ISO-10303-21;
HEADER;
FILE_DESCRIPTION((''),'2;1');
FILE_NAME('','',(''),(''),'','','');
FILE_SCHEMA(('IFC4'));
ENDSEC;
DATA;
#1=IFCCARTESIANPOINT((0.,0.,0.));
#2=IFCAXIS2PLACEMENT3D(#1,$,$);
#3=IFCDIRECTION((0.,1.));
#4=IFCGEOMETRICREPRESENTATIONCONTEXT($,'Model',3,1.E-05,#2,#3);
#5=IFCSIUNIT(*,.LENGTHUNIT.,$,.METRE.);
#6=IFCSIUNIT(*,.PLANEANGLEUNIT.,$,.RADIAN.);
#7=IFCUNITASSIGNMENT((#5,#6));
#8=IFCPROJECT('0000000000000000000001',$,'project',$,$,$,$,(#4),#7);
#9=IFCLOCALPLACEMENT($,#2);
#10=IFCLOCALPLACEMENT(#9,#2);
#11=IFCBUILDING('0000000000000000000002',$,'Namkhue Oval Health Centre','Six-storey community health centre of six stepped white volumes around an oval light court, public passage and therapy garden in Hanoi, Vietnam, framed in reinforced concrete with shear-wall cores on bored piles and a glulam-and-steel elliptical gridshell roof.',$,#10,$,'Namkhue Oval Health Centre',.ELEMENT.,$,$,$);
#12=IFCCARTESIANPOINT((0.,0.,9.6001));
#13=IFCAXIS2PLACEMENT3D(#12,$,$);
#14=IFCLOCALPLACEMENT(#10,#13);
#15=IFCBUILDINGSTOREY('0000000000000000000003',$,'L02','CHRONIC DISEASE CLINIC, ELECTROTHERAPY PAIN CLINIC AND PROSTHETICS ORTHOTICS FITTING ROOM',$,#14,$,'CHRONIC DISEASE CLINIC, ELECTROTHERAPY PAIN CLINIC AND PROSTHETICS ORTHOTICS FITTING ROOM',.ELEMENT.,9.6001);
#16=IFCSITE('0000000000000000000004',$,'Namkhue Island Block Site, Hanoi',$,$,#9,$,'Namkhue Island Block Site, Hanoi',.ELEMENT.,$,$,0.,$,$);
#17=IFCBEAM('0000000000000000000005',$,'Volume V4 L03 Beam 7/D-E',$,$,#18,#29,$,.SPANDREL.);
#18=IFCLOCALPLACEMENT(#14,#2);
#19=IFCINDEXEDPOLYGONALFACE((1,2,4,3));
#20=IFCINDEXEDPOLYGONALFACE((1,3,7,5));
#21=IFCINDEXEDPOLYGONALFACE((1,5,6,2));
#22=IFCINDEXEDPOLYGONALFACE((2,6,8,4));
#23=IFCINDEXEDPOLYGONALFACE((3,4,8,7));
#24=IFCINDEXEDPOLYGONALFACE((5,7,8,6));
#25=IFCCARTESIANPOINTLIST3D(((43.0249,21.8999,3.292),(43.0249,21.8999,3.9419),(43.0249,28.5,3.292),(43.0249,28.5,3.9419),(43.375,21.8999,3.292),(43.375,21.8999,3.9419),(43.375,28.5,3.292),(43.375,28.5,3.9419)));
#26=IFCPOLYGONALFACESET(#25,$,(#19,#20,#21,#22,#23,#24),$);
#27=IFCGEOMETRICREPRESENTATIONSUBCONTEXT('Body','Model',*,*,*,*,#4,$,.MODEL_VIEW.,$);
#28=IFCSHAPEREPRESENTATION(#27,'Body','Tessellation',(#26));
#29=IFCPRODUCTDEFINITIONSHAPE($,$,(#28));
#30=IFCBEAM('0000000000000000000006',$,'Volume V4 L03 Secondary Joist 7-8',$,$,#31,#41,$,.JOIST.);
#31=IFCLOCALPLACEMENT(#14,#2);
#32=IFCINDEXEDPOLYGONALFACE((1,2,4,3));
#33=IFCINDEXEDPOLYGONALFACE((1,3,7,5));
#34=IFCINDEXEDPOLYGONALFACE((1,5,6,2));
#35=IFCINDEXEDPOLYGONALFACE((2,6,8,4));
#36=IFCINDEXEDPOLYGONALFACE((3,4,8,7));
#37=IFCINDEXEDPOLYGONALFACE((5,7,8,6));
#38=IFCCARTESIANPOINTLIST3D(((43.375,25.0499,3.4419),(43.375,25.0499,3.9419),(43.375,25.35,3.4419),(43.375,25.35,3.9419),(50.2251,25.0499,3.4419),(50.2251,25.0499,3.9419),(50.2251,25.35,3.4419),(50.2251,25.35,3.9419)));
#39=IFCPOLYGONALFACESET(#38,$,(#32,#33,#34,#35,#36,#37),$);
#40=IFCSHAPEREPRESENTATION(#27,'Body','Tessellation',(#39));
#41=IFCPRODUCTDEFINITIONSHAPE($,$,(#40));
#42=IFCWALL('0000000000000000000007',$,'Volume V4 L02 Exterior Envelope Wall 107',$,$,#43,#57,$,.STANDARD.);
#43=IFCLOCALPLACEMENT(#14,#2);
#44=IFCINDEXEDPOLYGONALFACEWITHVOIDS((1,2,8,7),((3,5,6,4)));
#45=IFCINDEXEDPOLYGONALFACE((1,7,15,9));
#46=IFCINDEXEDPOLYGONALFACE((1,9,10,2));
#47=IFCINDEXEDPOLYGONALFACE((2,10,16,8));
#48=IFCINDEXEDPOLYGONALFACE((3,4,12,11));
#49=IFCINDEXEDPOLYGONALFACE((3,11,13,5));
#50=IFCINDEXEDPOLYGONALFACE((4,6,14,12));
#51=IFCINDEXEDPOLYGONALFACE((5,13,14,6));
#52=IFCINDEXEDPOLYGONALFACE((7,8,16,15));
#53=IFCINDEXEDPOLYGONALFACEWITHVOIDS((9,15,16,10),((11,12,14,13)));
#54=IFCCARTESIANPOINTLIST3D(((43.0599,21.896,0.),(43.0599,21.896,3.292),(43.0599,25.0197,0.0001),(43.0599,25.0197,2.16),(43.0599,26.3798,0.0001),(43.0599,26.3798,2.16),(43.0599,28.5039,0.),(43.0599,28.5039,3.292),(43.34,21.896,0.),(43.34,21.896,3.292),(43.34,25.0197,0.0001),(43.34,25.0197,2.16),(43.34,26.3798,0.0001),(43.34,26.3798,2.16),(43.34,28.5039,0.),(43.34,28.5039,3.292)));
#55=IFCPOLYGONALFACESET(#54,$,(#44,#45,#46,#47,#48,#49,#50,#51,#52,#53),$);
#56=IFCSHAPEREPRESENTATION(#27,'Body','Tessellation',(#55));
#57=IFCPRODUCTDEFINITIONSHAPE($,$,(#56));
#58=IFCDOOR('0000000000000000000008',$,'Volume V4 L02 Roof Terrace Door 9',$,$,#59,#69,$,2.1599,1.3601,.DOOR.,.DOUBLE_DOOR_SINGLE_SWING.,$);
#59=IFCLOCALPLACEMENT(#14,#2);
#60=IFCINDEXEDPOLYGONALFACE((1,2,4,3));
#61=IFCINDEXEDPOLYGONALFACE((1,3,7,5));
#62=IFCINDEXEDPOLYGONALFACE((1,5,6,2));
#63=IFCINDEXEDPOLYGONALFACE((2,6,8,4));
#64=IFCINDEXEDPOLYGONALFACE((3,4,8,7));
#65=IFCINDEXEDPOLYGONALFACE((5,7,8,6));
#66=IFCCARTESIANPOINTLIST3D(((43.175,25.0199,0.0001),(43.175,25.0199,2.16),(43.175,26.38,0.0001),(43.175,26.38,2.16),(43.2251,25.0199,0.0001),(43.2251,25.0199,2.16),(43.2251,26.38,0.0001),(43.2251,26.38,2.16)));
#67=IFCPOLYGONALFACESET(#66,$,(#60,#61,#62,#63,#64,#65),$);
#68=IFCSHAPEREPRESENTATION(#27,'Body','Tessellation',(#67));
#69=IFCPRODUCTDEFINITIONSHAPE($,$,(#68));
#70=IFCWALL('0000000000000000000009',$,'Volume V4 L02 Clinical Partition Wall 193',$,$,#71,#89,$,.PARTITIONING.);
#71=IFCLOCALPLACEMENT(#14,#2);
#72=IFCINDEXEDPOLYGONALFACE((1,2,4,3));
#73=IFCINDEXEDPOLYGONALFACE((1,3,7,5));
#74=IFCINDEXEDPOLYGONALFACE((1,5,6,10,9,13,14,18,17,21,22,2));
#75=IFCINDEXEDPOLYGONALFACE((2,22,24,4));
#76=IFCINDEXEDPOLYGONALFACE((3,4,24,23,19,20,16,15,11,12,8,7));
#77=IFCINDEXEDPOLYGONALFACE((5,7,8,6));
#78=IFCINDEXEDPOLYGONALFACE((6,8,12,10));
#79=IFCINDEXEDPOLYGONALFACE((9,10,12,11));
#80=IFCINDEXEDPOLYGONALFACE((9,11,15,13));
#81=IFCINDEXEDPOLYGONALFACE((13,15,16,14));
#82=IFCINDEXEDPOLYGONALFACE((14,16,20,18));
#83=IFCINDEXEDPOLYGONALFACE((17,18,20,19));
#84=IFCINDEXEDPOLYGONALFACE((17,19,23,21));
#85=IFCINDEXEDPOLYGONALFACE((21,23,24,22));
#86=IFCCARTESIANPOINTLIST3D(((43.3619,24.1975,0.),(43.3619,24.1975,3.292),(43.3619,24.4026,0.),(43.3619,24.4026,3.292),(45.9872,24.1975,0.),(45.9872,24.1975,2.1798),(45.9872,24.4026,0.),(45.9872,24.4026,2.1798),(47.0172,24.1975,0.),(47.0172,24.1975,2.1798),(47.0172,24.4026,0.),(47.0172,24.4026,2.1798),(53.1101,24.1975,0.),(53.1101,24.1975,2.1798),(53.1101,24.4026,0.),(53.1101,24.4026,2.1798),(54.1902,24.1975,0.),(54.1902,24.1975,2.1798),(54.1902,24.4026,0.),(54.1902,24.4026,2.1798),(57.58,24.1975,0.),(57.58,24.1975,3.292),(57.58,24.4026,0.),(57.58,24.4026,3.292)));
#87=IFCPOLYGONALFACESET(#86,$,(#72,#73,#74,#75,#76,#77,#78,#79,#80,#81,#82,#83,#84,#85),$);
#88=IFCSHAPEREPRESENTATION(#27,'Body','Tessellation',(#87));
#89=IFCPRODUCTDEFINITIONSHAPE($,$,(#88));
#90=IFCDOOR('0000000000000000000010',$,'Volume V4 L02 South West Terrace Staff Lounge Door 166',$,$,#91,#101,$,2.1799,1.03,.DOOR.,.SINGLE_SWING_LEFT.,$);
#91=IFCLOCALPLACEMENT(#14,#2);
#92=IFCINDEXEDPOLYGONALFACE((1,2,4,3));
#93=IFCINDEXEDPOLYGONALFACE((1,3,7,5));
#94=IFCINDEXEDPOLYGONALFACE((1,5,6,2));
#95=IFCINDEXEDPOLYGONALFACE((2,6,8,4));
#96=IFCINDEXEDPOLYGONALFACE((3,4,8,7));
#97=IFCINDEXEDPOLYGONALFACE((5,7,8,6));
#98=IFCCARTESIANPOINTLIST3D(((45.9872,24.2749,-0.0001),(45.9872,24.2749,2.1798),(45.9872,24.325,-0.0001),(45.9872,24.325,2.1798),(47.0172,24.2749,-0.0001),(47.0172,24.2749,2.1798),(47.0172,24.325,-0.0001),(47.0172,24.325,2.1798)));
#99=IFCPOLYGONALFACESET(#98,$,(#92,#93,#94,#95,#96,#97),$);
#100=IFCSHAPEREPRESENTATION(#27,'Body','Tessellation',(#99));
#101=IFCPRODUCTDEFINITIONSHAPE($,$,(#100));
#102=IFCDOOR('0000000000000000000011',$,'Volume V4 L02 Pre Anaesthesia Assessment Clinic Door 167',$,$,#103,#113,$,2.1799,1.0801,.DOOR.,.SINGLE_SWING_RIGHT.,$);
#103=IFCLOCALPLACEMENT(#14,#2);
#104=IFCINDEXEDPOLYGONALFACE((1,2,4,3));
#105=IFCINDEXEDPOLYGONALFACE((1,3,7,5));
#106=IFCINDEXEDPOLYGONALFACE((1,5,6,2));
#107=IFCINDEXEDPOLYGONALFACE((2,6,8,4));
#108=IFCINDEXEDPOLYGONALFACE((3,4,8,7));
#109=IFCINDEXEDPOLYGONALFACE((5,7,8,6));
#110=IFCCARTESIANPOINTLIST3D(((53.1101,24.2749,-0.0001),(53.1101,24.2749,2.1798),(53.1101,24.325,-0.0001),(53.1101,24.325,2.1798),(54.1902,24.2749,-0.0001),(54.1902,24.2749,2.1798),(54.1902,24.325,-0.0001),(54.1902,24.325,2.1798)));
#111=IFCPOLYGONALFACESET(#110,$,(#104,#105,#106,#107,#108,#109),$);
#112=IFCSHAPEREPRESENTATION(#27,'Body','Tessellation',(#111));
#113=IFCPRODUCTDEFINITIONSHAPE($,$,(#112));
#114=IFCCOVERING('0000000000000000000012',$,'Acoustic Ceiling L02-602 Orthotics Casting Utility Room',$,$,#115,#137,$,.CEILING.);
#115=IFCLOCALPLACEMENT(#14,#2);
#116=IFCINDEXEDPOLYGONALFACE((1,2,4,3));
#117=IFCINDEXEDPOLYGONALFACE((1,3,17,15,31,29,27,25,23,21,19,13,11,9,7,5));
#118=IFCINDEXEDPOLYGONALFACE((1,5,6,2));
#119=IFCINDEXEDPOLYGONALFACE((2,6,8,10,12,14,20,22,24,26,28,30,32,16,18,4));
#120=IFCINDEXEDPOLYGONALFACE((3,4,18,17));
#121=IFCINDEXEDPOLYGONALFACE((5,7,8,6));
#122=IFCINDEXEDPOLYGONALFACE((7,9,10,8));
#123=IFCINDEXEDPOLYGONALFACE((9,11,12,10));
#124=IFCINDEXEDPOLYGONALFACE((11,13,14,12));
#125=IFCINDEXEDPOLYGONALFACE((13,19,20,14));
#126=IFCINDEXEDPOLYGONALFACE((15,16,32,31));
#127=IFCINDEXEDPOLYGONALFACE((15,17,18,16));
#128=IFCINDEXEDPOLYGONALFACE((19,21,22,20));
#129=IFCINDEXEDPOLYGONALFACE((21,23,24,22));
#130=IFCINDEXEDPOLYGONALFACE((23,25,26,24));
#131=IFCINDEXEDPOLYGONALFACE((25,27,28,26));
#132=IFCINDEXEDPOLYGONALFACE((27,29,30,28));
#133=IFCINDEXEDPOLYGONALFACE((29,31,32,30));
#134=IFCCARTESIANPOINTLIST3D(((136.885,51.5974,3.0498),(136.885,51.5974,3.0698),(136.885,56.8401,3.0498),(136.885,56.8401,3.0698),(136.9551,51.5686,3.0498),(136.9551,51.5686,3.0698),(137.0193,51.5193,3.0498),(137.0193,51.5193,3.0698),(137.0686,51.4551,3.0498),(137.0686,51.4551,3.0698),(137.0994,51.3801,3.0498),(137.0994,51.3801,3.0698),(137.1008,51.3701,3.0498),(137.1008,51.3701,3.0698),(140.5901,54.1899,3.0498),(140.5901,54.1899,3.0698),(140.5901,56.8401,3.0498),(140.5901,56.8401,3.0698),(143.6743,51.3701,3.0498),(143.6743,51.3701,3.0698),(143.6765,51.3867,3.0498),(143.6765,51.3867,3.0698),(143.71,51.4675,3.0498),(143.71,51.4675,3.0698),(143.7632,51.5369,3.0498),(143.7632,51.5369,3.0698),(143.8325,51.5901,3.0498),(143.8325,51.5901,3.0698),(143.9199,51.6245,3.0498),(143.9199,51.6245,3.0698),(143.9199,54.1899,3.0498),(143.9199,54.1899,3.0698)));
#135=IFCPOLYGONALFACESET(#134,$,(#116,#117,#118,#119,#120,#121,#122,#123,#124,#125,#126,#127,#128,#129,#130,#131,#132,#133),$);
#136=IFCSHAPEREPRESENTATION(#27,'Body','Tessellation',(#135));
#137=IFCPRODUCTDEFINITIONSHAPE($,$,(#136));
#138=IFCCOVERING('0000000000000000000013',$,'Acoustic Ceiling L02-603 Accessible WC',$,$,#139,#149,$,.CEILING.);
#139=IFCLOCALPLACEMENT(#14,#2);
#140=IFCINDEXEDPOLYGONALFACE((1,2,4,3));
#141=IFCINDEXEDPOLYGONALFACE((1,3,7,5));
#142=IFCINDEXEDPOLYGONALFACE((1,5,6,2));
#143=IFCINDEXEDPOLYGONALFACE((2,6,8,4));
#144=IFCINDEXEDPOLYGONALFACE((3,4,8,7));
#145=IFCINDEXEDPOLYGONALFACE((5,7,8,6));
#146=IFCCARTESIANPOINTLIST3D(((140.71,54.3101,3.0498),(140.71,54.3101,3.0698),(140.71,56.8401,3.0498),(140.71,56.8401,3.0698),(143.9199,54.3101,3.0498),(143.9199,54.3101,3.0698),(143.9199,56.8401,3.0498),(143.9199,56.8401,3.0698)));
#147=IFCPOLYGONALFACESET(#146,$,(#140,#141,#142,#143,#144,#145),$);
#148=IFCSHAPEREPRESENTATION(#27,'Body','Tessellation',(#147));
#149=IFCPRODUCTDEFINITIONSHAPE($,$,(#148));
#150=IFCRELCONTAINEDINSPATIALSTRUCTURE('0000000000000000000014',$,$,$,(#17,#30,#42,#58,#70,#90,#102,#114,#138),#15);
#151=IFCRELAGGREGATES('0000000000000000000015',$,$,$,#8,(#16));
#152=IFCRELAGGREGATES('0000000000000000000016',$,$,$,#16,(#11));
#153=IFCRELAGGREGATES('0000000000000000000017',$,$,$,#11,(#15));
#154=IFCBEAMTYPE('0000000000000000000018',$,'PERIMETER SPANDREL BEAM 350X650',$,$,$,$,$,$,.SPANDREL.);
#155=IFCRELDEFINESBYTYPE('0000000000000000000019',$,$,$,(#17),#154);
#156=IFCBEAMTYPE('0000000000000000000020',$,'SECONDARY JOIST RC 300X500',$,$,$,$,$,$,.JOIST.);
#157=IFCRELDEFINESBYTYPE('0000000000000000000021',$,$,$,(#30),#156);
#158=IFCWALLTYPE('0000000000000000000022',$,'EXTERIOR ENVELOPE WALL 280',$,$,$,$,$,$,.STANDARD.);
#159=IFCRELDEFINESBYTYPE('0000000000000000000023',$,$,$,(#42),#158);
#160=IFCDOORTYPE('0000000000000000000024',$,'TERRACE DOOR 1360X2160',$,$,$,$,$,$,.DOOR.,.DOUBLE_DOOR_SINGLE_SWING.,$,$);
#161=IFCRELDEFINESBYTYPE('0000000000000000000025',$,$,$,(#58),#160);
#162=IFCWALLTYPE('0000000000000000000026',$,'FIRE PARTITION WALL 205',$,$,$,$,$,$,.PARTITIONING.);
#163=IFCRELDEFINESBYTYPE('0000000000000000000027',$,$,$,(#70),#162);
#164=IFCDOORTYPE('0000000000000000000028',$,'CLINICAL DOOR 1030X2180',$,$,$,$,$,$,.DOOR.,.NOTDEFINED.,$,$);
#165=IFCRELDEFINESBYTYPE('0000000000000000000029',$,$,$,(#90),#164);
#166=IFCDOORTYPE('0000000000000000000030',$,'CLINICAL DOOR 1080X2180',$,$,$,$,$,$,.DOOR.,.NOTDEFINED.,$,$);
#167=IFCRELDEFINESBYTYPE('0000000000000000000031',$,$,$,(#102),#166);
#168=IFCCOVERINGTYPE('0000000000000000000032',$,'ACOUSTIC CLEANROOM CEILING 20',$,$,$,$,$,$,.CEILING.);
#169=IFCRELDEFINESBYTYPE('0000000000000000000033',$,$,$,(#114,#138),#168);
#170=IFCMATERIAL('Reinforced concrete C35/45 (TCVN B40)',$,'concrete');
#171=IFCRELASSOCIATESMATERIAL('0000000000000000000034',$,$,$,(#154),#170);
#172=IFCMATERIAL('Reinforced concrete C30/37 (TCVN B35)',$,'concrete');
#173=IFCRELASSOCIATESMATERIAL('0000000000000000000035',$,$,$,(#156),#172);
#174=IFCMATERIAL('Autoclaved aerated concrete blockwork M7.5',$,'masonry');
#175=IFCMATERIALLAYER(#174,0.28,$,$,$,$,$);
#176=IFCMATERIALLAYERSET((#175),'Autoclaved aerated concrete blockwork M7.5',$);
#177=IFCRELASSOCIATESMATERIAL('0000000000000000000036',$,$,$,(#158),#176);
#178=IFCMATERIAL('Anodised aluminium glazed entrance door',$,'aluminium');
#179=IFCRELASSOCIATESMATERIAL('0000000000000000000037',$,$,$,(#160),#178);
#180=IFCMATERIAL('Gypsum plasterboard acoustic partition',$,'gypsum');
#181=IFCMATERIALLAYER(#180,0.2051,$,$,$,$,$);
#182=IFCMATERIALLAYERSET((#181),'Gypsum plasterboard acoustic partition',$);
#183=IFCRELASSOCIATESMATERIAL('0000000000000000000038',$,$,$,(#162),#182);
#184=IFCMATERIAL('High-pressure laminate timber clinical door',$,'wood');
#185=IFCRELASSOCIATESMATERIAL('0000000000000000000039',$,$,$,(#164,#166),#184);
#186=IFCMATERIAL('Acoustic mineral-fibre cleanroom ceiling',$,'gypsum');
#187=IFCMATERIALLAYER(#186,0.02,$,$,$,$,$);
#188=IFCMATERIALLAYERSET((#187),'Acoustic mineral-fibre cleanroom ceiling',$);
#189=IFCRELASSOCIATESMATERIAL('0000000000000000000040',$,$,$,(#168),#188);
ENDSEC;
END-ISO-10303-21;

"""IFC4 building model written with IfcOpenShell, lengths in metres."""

from ifc_helpers import new_model, si_unit, direction, frame, frame_2d, origin, origin_2d, place, context, subcontext, project, spatial, polyline, rectangle, outline, extrude, material, layer, layer_set, material_profile, profile_set, type_object, element, fill, save


model = new_model("IFC4")

# Units and contexts
model_context = context("Model", 3, precision=1e-05, world=origin(), true_north=direction((0.0, 1.0)))
body_context = subcontext(model_context, "Body", "Model", "MODEL_VIEW")
ifc_project = project(units=[si_unit("LENGTHUNIT", "METRE"), si_unit("PLANEANGLEUNIT", "RADIAN")], contexts=[model_context])

# Site, building, storey
site_placement = place(None, origin())
site = spatial("IfcSite", under=ifc_project, at=site_placement, Name="Namkhue Island Block Site, Hanoi", LongName="Namkhue Island Block Site, Hanoi", CompositionType="ELEMENT", RefElevation=0.0)
building_placement = place(site_placement, origin())
building = spatial("IfcBuilding", under=site, at=building_placement, Name="Namkhue Oval Health Centre", Description="Six-storey community health centre of six stepped white volumes around an oval light court, public passage and therapy garden in Hanoi, Vietnam, framed in reinforced concrete with shear-wall cores on bored piles and a glulam-and-steel elliptical gridshell roof.", LongName="Namkhue Oval Health Centre", CompositionType="ELEMENT")
storey_placement = place(building_placement, frame((0.0, 0.0, 9.6001)))
storey = spatial("IfcBuildingStorey", under=building, at=storey_placement, Name="L02", Description="CHRONIC DISEASE CLINIC, ELECTROTHERAPY PAIN CLINIC AND PROSTHETICS ORTHOTICS FITTING ROOM", LongName="CHRONIC DISEASE CLINIC, ELECTROTHERAPY PAIN CLINIC AND PROSTHETICS ORTHOTICS FITTING ROOM", CompositionType="ELEMENT", Elevation=9.6001)

# Shared definitions
ifc_material_1 = material(Name="Reinforced concrete C35/45 (TCVN B40)", Category="concrete")

# Beams
ifc_material_profile_1 = material_profile(ifc_material_1, rectangle(XDim=0.3501, YDim=0.6499, at=origin_2d()), Name="RC 350x650")
ifc_profile_set_1 = profile_set([ifc_material_profile_1], Name="Reinforced concrete C35/45 (TCVN B40)")
beam_type_1 = type_object("IfcBeamType", Name="PERIMETER SPANDREL BEAM 350X650", PredefinedType="SPANDREL", material=ifc_profile_set_1)
for number, where, z_axis, x_axis, name in (
    (1, (43.2, 21.8999, 3.6169), (0.0, 1.0, 0.0), (-1.0, 0.0, 0.0), "Volume V4 L03 Beam 7/D-E"),
):
    element("IfcBeam", number, at=place(storey_placement, frame(where, z_axis=z_axis, x_axis=x_axis)), inside=storey, type_object=beam_type_1, Name=name, PredefinedType="SPANDREL", context=body_context, shape_type="SweptSolid", body=[
        extrude(rectangle(XDim=0.3501, YDim=0.6499, at=origin_2d()), origin(), (0.0, 0.0, 1.0), 6.6001),
    ])
ifc_material_2 = material(Name="Reinforced concrete C30/37 (TCVN B35)", Category="concrete")
ifc_material_profile_2 = material_profile(ifc_material_2, rectangle(XDim=0.3, YDim=0.5, at=origin_2d()), Name="RC 300x500")
ifc_profile_set_2 = profile_set([ifc_material_profile_2], Name="Reinforced concrete C30/37 (TCVN B35)")
beam_type_2 = type_object("IfcBeamType", Name="SECONDARY JOIST RC 300X500", PredefinedType="JOIST", material=ifc_profile_set_2)
beam_placement = place(storey_placement, frame((43.375, 25.2, 3.6919), z_axis=(1.0, 0.0, 0.0), x_axis=(0.0, 1.0, 0.0)))
element("IfcBeam", 2, at=beam_placement, inside=storey, type_object=beam_type_2, Name="Volume V4 L03 Secondary Joist 7-8", PredefinedType="JOIST", context=body_context, shape_type="SweptSolid", body=[
    extrude(rectangle(XDim=0.3, YDim=0.5, at=origin_2d()), origin(), (0.0, 0.0, 1.0), 6.8501),
])

# Wall, opening, door
ifc_material_3 = material(Name="Autoclaved aerated concrete blockwork M7.5", Category="masonry")
ifc_layer_1 = layer(ifc_material_3, 0.28)
ifc_layer_set_1 = layer_set([ifc_layer_1], Name="Autoclaved aerated concrete blockwork M7.5")
wall_type_1 = type_object("IfcWallType", Name="EXTERIOR ENVELOPE WALL 280", PredefinedType="STANDARD", material=ifc_layer_set_1)
wall_1_placement = place(storey_placement, frame((43.2, 28.5039, 0.0), z_axis=(0.0, 0.0, 1.0), x_axis=(0.0, -1.0, 0.0)))
wall_1 = element("IfcWall", 3, at=wall_1_placement, inside=storey, type_object=wall_type_1, Name="Volume V4 L02 Exterior Envelope Wall 107", PredefinedType="STANDARD", context=body_context, shape_type="SweptSolid", body=[
    extrude(rectangle(XDim=6.6079, YDim=0.28, at=frame_2d((3.304, 0.0))), origin(), (0.0, 0.0, 1.0), 3.292),
])
opening_1_placement = place(wall_1_placement, frame((2.124, 0.0, 0.0)))
opening_1 = element("IfcOpeningElement", 4, at=opening_1_placement, cuts=wall_1, PredefinedType="OPENING", context=body_context, shape_type="SweptSolid", body=[
    extrude(rectangle(XDim=1.3601, YDim=2.1599, at=frame_2d((0.6802, 1.0801))), frame((0.0, 0.1499, 0.0), z_axis=(0.0, -1.0, 0.0), x_axis=(1.0, 0.0, 0.0)), (0.0, 0.0, 1.0), 0.3),
])
ifc_material_4 = material(Name="Anodised aluminium glazed entrance door", Category="aluminium")
door_type_1 = type_object("IfcDoorType", Name="TERRACE DOOR 1360X2160", OperationType="DOUBLE_DOOR_SINGLE_SWING", PredefinedType="DOOR", material=ifc_material_4)
door_1_placement = place(opening_1_placement, frame((1.3601, 0.0, 0.0), z_axis=(0.0, 0.0, 1.0), x_axis=(-1.0, 0.0, 0.0)))
door_1 = element("IfcDoor", 5, at=door_1_placement, inside=storey, type_object=door_type_1, Name="Volume V4 L02 Roof Terrace Door 9", OperationType="DOUBLE_DOOR_SINGLE_SWING", OverallHeight=2.1599, OverallWidth=1.3601, PredefinedType="DOOR", context=body_context, shape_type="SweptSolid", body=[
    extrude(rectangle(XDim=1.3601, YDim=2.1599, at=frame_2d((0.6802, 1.0801))), frame((0.0, 0.0249, 0.0), z_axis=(0.0, -1.0, 0.0), x_axis=(1.0, 0.0, 0.0)), (0.0, 0.0, 1.0), 0.05),
])
fill(opening_1, door_1)

# Wall, openings, doors
ifc_material_5 = material(Name="Gypsum plasterboard acoustic partition", Category="gypsum")
ifc_layer_2 = layer(ifc_material_5, 0.2051)
ifc_layer_set_2 = layer_set([ifc_layer_2], Name="Gypsum plasterboard acoustic partition")
wall_type_2 = type_object("IfcWallType", Name="FIRE PARTITION WALL 205", PredefinedType="PARTITIONING", material=ifc_layer_set_2)
wall_2_placement = place(storey_placement, frame((43.3621, 24.3, 0.0), z_axis=(0.0, 0.0, 1.0), x_axis=(1.0, 0.0, 0.0)))
wall_2 = element("IfcWall", 6, at=wall_2_placement, inside=storey, type_object=wall_type_2, Name="Volume V4 L02 Clinical Partition Wall 193", PredefinedType="PARTITIONING", context=body_context, shape_type="SweptSolid", body=[
    extrude(rectangle(XDim=14.218, YDim=0.2051, at=frame_2d((7.1089, 0.0))), origin(), (0.0, 0.0, 1.0), 3.292),
])
opening_2_placement = place(wall_2_placement, frame((2.625, 0.0, 0.0)))
opening_2 = element("IfcOpeningElement", 7, at=opening_2_placement, cuts=wall_2, PredefinedType="OPENING", context=body_context, shape_type="SweptSolid", body=[
    extrude(rectangle(XDim=1.03, YDim=2.1799, at=frame_2d((0.5151, 1.0898))), frame((0.0, 0.1125, 0.0), z_axis=(0.0, -1.0, 0.0), x_axis=(1.0, 0.0, 0.0)), (0.0, 0.0, 1.0), 0.2251),
])
opening_3_placement = place(wall_2_placement, frame((9.748, 0.0, 0.0)))
opening_3 = element("IfcOpeningElement", 8, at=opening_3_placement, cuts=wall_2, PredefinedType="OPENING", context=body_context, shape_type="SweptSolid", body=[
    extrude(rectangle(XDim=1.0801, YDim=2.1799, at=frame_2d((0.54, 1.0898))), frame((0.0, 0.1125, 0.0), z_axis=(0.0, -1.0, 0.0), x_axis=(1.0, 0.0, 0.0)), (0.0, 0.0, 1.0), 0.2251),
])
ifc_material_6 = material(Name="High-pressure laminate timber clinical door", Category="wood")
door_type_2 = type_object("IfcDoorType", Name="CLINICAL DOOR 1030X2180", OperationType="NOTDEFINED", PredefinedType="DOOR", material=ifc_material_6)
door_2_placement = place(opening_2_placement, origin())
door_2 = element("IfcDoor", 9, at=door_2_placement, inside=storey, type_object=door_type_2, Name="Volume V4 L02 South West Terrace Staff Lounge Door 166", OperationType="SINGLE_SWING_LEFT", OverallHeight=2.1799, OverallWidth=1.03, PredefinedType="DOOR", context=body_context, shape_type="SweptSolid", body=[
    extrude(rectangle(XDim=1.03, YDim=2.1799, at=frame_2d((0.5151, 1.0898))), frame((0.0, 0.0249, 0.0), z_axis=(0.0, -1.0, 0.0), x_axis=(1.0, 0.0, 0.0)), (0.0, 0.0, 1.0), 0.05),
])
fill(opening_2, door_2)
door_type_3 = type_object("IfcDoorType", Name="CLINICAL DOOR 1080X2180", OperationType="NOTDEFINED", PredefinedType="DOOR", material=ifc_material_6)
door_3_placement = place(opening_3_placement, origin())
door_3 = element("IfcDoor", 10, at=door_3_placement, inside=storey, type_object=door_type_3, Name="Volume V4 L02 Pre Anaesthesia Assessment Clinic Door 167", OperationType="SINGLE_SWING_RIGHT", OverallHeight=2.1799, OverallWidth=1.0801, PredefinedType="DOOR", context=body_context, shape_type="SweptSolid", body=[
    extrude(rectangle(XDim=1.0801, YDim=2.1799, at=frame_2d((0.54, 1.0898))), frame((0.0, 0.0249, 0.0), z_axis=(0.0, -1.0, 0.0), x_axis=(1.0, 0.0, 0.0)), (0.0, 0.0, 1.0), 0.05),
])
fill(opening_3, door_3)

# Coverings
ifc_material_7 = material(Name="Acoustic mineral-fibre cleanroom ceiling", Category="gypsum")
ifc_layer_3 = layer(ifc_material_7, 0.02)
ifc_layer_set_3 = layer_set([ifc_layer_3], Name="Acoustic mineral-fibre cleanroom ceiling")
covering_type_1 = type_object("IfcCoveringType", Name="ACOUSTIC CLEANROOM CEILING 20", PredefinedType="CEILING", material=ifc_layer_set_3)
covering_1_placement = place(storey_placement, frame((0.0, 0.0, 3.0498)))
element("IfcCovering", 11, at=covering_1_placement, inside=storey, type_object=covering_type_1, Name="Acoustic Ceiling L02-602 Orthotics Casting Utility Room", PredefinedType="CEILING", context=body_context, shape_type="SweptSolid", body=[
    extrude(outline(polyline([(136.885, 56.8401), (140.5901, 56.8401), (140.5901, 54.1899), (143.9199, 54.1899), (143.9199, 51.6245), (143.8325, 51.5901), (143.7632, 51.5369), (143.71, 51.4675), (143.6765, 51.3867), (143.6743, 51.3701), (137.1008, 51.3701), (137.0994, 51.3801), (137.0686, 51.4551), (137.0193, 51.5193), (136.9551, 51.5686), (136.885, 51.5974), (136.885, 56.8401)])), origin(), (0.0, 0.0, 1.0), 0.02),
])
covering_2_placement = place(storey_placement, frame((0.0, 0.0, 3.0498)))
element("IfcCovering", 12, at=covering_2_placement, inside=storey, type_object=covering_type_1, Name="Acoustic Ceiling L02-603 Accessible WC", PredefinedType="CEILING", context=body_context, shape_type="SweptSolid", body=[
    extrude(outline(polyline([(140.71, 54.3101), (140.71, 56.8401), (143.9199, 56.8401), (143.9199, 54.3101), (140.71, 54.3101)])), origin(), (0.0, 0.0, 1.0), 0.02),
])

save(model, "model.ifc")
